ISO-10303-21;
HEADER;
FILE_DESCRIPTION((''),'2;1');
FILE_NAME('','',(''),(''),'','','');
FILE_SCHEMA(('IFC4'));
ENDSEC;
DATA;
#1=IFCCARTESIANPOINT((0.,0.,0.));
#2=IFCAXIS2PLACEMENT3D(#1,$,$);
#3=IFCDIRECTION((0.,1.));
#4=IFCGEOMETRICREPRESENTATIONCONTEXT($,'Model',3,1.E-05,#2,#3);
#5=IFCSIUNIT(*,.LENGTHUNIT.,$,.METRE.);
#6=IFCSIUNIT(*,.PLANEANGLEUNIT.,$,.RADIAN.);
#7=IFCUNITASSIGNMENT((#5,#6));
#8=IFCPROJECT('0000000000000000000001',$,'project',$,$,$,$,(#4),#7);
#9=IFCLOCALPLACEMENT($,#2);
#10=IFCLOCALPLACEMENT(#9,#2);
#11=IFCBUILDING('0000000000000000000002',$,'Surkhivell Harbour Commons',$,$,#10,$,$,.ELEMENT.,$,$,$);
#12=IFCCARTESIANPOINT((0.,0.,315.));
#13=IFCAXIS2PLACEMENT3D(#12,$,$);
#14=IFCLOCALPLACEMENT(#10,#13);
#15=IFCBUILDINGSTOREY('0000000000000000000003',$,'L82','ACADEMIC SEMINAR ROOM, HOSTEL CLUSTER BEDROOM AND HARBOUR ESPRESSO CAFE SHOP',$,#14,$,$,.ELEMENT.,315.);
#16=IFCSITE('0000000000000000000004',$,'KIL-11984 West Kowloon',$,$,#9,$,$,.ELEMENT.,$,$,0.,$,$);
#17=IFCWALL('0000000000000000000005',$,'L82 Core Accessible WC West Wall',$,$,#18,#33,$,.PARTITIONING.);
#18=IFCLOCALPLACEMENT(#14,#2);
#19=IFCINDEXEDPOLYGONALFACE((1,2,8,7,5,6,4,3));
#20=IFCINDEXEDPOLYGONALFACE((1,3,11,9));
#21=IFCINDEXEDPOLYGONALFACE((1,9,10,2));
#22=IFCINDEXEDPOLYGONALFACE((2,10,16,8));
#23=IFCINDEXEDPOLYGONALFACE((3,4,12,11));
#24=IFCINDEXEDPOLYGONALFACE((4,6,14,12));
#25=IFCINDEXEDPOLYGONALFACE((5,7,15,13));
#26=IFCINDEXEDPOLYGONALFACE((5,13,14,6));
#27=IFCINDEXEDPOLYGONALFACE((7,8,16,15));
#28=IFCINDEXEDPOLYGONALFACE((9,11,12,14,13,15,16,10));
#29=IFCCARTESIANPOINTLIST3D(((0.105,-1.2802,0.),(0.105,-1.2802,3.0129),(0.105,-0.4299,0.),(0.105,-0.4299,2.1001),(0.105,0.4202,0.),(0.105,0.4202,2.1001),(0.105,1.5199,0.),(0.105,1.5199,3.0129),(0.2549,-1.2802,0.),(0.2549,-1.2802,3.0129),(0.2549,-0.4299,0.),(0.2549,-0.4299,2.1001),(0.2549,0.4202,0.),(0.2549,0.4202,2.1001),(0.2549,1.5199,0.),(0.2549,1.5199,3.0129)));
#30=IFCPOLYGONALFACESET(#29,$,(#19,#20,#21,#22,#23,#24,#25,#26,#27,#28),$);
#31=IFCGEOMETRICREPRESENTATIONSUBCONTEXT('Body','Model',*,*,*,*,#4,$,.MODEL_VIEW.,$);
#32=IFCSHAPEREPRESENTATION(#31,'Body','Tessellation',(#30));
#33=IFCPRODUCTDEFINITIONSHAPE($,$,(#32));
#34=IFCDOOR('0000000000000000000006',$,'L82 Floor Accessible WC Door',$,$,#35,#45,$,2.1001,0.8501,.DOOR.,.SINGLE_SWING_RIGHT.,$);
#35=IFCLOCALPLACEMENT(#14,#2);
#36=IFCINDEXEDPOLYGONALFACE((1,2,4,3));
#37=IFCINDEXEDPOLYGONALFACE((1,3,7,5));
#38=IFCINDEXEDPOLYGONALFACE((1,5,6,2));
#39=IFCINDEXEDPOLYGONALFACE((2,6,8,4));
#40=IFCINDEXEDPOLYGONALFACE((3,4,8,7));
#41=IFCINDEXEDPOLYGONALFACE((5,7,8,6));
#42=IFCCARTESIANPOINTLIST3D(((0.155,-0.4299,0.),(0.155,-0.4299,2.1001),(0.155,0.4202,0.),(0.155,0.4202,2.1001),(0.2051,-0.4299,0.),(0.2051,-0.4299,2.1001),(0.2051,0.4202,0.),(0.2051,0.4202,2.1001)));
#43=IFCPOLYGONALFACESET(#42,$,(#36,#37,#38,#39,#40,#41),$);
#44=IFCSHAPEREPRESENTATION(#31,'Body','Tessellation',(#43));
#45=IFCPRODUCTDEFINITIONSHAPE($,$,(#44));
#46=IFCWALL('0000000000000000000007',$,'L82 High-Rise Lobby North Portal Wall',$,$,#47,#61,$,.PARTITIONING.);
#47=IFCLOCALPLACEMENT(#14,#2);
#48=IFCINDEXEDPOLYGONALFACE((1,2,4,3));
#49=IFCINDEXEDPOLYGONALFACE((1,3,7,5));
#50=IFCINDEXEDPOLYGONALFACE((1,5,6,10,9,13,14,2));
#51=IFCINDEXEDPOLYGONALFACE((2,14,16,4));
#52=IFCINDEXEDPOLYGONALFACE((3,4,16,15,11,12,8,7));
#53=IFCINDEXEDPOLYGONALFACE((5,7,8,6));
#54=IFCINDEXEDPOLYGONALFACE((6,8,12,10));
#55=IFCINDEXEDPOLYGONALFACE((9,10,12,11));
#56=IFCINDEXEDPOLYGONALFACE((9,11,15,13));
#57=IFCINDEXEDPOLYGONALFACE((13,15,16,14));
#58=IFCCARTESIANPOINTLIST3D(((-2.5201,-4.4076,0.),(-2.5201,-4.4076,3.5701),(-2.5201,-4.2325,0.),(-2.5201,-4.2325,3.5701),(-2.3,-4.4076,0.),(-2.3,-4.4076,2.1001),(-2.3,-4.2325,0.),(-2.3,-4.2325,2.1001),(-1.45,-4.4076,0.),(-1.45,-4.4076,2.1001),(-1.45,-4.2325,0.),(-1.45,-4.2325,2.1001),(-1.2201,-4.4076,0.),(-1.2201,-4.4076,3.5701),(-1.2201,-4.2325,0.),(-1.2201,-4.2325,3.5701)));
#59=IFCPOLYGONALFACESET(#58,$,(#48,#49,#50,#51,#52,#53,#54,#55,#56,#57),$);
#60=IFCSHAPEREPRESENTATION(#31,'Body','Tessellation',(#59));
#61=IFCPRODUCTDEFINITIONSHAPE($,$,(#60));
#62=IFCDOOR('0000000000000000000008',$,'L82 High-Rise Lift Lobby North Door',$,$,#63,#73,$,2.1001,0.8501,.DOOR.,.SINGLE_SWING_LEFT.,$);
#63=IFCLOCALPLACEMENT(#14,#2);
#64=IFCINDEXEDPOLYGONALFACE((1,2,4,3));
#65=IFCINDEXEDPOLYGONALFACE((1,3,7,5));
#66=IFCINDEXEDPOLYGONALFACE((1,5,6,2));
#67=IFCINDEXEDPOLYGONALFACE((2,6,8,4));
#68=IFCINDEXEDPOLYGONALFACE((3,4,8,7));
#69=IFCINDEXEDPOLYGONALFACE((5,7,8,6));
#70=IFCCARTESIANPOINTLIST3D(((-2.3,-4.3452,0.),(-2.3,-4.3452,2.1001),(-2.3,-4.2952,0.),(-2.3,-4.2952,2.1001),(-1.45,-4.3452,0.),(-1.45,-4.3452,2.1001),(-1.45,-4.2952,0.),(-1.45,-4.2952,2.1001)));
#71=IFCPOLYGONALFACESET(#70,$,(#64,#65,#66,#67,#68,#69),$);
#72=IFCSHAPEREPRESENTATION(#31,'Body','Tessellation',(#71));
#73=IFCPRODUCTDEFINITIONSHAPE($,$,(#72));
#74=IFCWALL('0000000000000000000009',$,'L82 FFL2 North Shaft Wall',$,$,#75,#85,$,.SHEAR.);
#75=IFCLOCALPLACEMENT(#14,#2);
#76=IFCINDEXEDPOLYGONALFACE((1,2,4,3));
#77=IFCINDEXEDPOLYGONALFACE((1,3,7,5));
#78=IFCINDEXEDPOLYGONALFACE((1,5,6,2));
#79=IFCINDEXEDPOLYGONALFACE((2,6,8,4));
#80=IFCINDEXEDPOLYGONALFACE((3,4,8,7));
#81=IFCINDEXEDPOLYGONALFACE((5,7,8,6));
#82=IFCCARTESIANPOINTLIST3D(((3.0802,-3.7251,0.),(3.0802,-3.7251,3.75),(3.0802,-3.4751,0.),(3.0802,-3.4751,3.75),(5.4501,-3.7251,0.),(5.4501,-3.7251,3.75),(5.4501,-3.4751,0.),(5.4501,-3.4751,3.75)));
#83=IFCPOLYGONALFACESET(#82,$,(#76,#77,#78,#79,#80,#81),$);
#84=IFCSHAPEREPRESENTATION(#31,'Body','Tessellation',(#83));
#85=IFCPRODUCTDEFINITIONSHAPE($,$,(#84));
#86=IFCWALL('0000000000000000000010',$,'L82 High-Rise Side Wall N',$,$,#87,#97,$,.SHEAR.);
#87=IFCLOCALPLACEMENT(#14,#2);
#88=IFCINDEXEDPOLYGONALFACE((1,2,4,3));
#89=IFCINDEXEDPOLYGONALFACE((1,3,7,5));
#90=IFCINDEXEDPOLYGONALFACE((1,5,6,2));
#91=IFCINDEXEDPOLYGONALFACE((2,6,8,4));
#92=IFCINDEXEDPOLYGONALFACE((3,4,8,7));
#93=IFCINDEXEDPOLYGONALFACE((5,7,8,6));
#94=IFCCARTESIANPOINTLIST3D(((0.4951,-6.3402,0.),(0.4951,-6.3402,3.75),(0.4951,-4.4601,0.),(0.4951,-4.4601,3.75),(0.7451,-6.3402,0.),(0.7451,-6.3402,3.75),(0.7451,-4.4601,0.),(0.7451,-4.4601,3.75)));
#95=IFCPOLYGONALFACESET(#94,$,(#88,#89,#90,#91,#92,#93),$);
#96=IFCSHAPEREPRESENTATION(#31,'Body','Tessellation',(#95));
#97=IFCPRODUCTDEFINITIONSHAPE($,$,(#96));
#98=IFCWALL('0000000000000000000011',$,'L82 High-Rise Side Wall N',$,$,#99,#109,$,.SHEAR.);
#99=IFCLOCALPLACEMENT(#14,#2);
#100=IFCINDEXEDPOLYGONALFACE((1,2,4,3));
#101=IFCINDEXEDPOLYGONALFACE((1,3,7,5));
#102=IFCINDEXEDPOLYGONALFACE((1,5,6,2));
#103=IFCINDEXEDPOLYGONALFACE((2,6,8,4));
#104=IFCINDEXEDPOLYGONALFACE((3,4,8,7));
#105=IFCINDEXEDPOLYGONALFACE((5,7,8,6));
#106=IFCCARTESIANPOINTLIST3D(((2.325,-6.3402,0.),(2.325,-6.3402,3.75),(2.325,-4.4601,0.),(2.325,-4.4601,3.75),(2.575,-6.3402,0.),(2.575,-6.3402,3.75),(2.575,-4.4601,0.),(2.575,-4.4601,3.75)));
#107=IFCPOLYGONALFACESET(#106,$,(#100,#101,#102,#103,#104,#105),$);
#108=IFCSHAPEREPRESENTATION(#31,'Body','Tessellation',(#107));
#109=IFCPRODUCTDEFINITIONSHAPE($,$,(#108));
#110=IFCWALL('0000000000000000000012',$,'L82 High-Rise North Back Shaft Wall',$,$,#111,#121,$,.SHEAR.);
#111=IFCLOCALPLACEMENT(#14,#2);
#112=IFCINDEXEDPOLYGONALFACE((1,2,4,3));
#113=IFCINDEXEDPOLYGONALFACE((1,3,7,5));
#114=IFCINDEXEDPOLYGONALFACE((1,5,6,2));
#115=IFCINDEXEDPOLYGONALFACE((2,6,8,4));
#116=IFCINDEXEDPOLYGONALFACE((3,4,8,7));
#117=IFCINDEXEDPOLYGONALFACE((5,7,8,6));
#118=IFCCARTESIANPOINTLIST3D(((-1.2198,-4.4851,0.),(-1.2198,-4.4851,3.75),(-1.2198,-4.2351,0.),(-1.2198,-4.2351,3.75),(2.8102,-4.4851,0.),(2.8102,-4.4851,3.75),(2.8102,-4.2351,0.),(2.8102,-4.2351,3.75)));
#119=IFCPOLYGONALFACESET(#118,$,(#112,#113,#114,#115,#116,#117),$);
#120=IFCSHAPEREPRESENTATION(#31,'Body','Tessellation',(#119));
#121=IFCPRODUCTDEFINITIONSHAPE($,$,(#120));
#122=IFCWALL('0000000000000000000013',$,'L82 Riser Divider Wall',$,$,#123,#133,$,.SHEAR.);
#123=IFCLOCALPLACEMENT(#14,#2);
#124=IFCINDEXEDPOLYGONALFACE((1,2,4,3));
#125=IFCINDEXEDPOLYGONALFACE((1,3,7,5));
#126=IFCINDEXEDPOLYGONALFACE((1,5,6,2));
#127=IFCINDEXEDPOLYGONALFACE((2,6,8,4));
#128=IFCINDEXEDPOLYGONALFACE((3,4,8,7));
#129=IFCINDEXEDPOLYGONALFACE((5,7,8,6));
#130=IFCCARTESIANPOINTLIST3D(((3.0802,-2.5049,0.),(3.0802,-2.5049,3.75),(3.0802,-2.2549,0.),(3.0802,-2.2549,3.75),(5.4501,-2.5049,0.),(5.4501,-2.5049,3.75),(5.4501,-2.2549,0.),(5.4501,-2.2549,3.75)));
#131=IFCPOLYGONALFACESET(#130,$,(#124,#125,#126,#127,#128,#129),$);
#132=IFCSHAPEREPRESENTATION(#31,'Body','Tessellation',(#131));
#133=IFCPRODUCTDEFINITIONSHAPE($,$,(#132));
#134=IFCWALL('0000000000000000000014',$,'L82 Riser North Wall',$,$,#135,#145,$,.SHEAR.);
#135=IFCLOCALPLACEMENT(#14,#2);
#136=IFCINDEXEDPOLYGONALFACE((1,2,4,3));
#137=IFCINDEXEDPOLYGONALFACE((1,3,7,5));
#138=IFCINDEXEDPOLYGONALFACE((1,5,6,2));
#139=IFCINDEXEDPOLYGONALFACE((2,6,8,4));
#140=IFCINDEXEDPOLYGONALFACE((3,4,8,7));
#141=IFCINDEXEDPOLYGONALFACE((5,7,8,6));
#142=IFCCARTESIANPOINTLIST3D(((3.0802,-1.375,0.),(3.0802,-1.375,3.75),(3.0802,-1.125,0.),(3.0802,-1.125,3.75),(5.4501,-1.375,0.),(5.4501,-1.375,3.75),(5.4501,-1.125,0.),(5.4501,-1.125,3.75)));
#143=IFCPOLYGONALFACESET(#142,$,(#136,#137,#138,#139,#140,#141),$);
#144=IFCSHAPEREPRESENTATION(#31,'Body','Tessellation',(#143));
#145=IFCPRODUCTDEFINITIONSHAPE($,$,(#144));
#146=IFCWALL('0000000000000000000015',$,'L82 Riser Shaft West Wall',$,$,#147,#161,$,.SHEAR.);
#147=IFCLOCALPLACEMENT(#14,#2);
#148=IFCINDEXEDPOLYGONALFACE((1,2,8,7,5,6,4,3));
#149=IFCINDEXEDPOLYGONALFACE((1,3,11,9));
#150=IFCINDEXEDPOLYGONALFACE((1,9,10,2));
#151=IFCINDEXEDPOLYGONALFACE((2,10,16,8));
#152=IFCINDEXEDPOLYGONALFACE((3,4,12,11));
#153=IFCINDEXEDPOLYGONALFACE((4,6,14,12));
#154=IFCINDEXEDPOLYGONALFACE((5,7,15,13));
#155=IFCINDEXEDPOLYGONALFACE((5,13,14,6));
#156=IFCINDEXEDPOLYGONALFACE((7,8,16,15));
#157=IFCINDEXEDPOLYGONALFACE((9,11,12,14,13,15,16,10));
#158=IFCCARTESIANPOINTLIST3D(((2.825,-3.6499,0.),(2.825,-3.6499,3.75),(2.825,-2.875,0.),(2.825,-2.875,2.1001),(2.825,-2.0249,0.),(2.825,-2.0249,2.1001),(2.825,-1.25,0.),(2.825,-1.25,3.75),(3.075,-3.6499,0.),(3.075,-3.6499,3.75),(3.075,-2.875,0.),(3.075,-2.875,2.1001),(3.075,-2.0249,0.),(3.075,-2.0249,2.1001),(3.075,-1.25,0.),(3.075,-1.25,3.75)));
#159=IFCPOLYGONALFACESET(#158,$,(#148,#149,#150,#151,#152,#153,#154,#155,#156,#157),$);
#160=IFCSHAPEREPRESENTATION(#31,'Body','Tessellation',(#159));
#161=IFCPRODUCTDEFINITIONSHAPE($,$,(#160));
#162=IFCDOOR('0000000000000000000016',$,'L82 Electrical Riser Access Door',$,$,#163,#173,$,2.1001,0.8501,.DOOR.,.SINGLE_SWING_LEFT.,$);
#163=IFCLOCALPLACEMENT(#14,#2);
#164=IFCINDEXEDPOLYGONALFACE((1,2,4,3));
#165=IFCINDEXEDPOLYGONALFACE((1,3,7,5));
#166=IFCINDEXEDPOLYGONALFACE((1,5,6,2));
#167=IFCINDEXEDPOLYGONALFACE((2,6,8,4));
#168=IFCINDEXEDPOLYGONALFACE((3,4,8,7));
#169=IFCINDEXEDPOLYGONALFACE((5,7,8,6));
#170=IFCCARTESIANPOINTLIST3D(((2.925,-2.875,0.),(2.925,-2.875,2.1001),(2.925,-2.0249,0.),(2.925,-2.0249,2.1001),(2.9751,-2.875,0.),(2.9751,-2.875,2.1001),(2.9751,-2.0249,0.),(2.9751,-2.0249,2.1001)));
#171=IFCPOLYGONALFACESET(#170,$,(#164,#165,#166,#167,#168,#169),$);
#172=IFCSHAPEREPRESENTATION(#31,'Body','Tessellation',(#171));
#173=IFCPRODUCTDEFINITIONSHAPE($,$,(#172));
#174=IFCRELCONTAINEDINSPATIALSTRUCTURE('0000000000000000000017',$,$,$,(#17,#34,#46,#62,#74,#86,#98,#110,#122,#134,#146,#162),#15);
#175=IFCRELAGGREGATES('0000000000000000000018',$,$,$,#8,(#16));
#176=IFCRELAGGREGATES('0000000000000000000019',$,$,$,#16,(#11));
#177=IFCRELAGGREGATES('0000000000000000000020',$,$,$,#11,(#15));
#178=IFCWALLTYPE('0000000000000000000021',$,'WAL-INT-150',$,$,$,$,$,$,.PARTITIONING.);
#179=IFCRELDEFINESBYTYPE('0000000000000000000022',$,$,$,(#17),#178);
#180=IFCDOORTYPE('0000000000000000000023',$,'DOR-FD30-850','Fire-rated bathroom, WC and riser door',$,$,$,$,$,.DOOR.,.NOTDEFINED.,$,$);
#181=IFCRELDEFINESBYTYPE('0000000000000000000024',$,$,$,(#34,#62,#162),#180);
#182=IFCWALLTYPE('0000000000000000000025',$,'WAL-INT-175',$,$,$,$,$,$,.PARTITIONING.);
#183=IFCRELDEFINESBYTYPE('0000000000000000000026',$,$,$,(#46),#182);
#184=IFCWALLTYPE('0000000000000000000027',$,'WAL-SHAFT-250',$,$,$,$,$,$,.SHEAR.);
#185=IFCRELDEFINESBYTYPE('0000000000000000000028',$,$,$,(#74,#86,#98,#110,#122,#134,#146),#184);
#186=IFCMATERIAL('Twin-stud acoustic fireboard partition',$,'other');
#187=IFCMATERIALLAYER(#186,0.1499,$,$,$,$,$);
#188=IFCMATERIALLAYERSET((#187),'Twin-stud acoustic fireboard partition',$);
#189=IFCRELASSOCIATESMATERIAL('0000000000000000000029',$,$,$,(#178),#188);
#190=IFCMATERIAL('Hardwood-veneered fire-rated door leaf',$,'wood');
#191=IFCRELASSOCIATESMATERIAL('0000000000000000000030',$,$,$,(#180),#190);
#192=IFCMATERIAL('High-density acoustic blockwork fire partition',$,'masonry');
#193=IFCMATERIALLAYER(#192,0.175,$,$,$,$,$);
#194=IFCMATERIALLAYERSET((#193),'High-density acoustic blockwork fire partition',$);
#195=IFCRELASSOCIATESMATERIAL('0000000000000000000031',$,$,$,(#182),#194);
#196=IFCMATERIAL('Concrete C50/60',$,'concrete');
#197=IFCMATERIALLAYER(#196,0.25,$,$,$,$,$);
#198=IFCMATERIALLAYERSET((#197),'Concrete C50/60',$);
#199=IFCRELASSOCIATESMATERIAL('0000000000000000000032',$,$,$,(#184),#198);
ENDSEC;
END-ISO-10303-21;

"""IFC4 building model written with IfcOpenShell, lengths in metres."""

from ifc_helpers import new_model, si_unit, direction, frame, frame_2d, origin, place, context, subcontext, project, spatial, rectangle, extrude, material, layer, layer_set, type_object, element, fill, save


model = new_model("IFC4")

# Units and contexts
model_context = context("Model", 3, precision=1e-05, world=origin(), true_north=direction((0.0, 1.0)))
body_context = subcontext(model_context, "Body", "Model", "MODEL_VIEW")
ifc_project = project(units=[si_unit("LENGTHUNIT", "METRE"), si_unit("PLANEANGLEUNIT", "RADIAN")], contexts=[model_context])

# Site, building, storey
site_placement = place(None, origin())
site = spatial("IfcSite", under=ifc_project, at=site_placement, Name="KIL-11984 West Kowloon", CompositionType="ELEMENT", RefElevation=0.0)
building_placement = place(site_placement, origin())
building = spatial("IfcBuilding", under=site, at=building_placement, Name="Surkhivell Harbour Commons", CompositionType="ELEMENT")
storey_placement = place(building_placement, frame((0.0, 0.0, 315.0)))
storey = spatial("IfcBuildingStorey", under=building, at=storey_placement, Name="L82", Description="ACADEMIC SEMINAR ROOM, HOSTEL CLUSTER BEDROOM AND HARBOUR ESPRESSO CAFE SHOP", CompositionType="ELEMENT", Elevation=315.0)

# Shared definitions
ifc_material_1 = material(Name="Twin-stud acoustic fireboard partition", Category="other")
ifc_layer_1 = layer(ifc_material_1, 0.1499)
ifc_layer_set_1 = layer_set([ifc_layer_1], Name="Twin-stud acoustic fireboard partition")
wall_type_1 = type_object("IfcWallType", Name="WAL-INT-150", PredefinedType="PARTITIONING", material=ifc_layer_set_1)

# Walls, openings, doors
wall_1_placement = place(storey_placement, frame((0.1799, -1.28, 0.0), z_axis=(0.0, 0.0, 1.0), x_axis=(0.0, 1.0, 0.0)))
wall_1 = element("IfcWall", 1, at=wall_1_placement, inside=storey, type_object=wall_type_1, Name="L82 Core Accessible WC West Wall", PredefinedType="PARTITIONING", context=body_context, shape_type="SweptSolid", body=[
    extrude(rectangle(XDim=2.8, YDim=0.1499, at=frame_2d((1.3999, 0.0))), origin(), (0.0, 0.0, 1.0), 3.0129),
])
opening_1_placement = place(wall_1_placement, frame((0.8501, 0.0, 0.0)))
opening_1 = element("IfcOpeningElement", 2, at=opening_1_placement, cuts=wall_1, PredefinedType="OPENING", context=body_context, shape_type="SweptSolid", body=[
    extrude(rectangle(XDim=0.8501, YDim=2.1001, at=frame_2d((0.425, 1.05))), frame((0.0, 0.085, 0.0), z_axis=(0.0, -1.0, 0.0), x_axis=(1.0, 0.0, 0.0)), (0.0, 0.0, 1.0), 0.1699),
])
ifc_material_2 = material(Name="Hardwood-veneered fire-rated door leaf", Category="wood")
door_type = type_object("IfcDoorType", Name="DOR-FD30-850", Description="Fire-rated bathroom, WC and riser door", OperationType="NOTDEFINED", PredefinedType="DOOR", material=ifc_material_2)
door_1_placement = place(opening_1_placement, origin())
door_1 = element("IfcDoor", 3, at=door_1_placement, inside=storey, type_object=door_type, Name="L82 Floor Accessible WC Door", OperationType="SINGLE_SWING_RIGHT", OverallHeight=2.1001, OverallWidth=0.8501, PredefinedType="DOOR", context=body_context, shape_type="SweptSolid", body=[
    extrude(rectangle(XDim=0.8501, YDim=2.1001, at=frame_2d((0.425, 1.05))), frame((0.0, 0.0249, 0.0), z_axis=(0.0, -1.0, 0.0), x_axis=(1.0, 0.0, 0.0)), (0.0, 0.0, 1.0), 0.05),
])
fill(opening_1, door_1)
ifc_material_3 = material(Name="High-density acoustic blockwork fire partition", Category="masonry")
ifc_layer_2 = layer(ifc_material_3, 0.175)
ifc_layer_set_2 = layer_set([ifc_layer_2], Name="High-density acoustic blockwork fire partition")
wall_type_2 = type_object("IfcWallType", Name="WAL-INT-175", PredefinedType="PARTITIONING", material=ifc_layer_set_2)
wall_2_placement = place(storey_placement, frame((-2.52, -4.3201, 0.0), z_axis=(0.0, 0.0, 1.0), x_axis=(1.0, 0.0, 0.0)))
wall_2 = element("IfcWall", 4, at=wall_2_placement, inside=storey, type_object=wall_type_2, Name="L82 High-Rise Lobby North Portal Wall", PredefinedType="PARTITIONING", context=body_context, shape_type="SweptSolid", body=[
    extrude(rectangle(XDim=1.3, YDim=0.175, at=frame_2d((0.6499, 0.0))), origin(), (0.0, 0.0, 1.0), 3.5701),
])
opening_2_placement = place(wall_2_placement, frame((0.22, 0.0, 0.0)))
opening_2 = element("IfcOpeningElement", 5, at=opening_2_placement, cuts=wall_2, PredefinedType="OPENING", context=body_context, shape_type="SweptSolid", body=[
    extrude(rectangle(XDim=0.8501, YDim=2.1001, at=frame_2d((0.425, 1.05))), frame((0.0, 0.0974, 0.0), z_axis=(0.0, -1.0, 0.0), x_axis=(1.0, 0.0, 0.0)), (0.0, 0.0, 1.0), 0.1951),
])
door_2_placement = place(opening_2_placement, origin())
door_2 = element("IfcDoor", 6, at=door_2_placement, inside=storey, type_object=door_type, Name="L82 High-Rise Lift Lobby North Door", OperationType="SINGLE_SWING_LEFT", OverallHeight=2.1001, OverallWidth=0.8501, PredefinedType="DOOR", context=body_context, shape_type="SweptSolid", body=[
    extrude(rectangle(XDim=0.8501, YDim=2.1001, at=frame_2d((0.425, 1.05))), frame((0.0, 0.0249, 0.0), z_axis=(0.0, -1.0, 0.0), x_axis=(1.0, 0.0, 0.0)), (0.0, 0.0, 1.0), 0.05),
])
fill(opening_2, door_2)

# Walls
ifc_material_4 = material(Name="Concrete C50/60", Category="concrete")
ifc_layer_3 = layer(ifc_material_4, 0.25)
ifc_layer_set_3 = layer_set([ifc_layer_3], Name="Concrete C50/60")
wall_type_3 = type_object("IfcWallType", Name="WAL-SHAFT-250", PredefinedType="SHEAR", material=ifc_layer_set_3)
wall_3_placement = place(storey_placement, frame((3.0801, -3.6001, 0.0), z_axis=(0.0, 0.0, 1.0), x_axis=(1.0, 0.0, 0.0)))
element("IfcWall", 7, at=wall_3_placement, inside=storey, type_object=wall_type_3, Name="L82 FFL2 North Shaft Wall", PredefinedType="SHEAR", context=body_context, shape_type="SweptSolid", body=[
    extrude(rectangle(XDim=2.3699, YDim=0.25, at=frame_2d((1.1851, 0.0))), origin(), (0.0, 0.0, 1.0), 3.75),
])
for number, where, z_axis, x_axis, name in (
    (8, (0.6201, -6.3401, 0.0), (0.0, 0.0, 1.0), (0.0, 1.0, 0.0), "L82 High-Rise Side Wall N"),
    (9, (2.45, -6.3401, 0.0), (0.0, 0.0, 1.0), (0.0, 1.0, 0.0), "L82 High-Rise Side Wall N"),
):
    element("IfcWall", number, at=place(storey_placement, frame(where, z_axis=z_axis, x_axis=x_axis)), inside=storey, type_object=wall_type_3, Name=name, PredefinedType="SHEAR", context=body_context, shape_type="SweptSolid", body=[
        extrude(rectangle(XDim=1.8801, YDim=0.25, at=frame_2d((0.9399, 0.0))), origin(), (0.0, 0.0, 1.0), 3.75),
    ])
wall_4_placement = place(storey_placement, frame((-1.22, -4.3601, 0.0), z_axis=(0.0, 0.0, 1.0), x_axis=(1.0, 0.0, 0.0)))
element("IfcWall", 10, at=wall_4_placement, inside=storey, type_object=wall_type_3, Name="L82 High-Rise North Back Shaft Wall", PredefinedType="SHEAR", context=body_context, shape_type="SweptSolid", body=[
    extrude(rectangle(XDim=4.03, YDim=0.25, at=frame_2d((2.0151, 0.0))), origin(), (0.0, 0.0, 1.0), 3.75),
])
for number, where, z_axis, x_axis, name in (
    (11, (3.0801, -2.3799, 0.0), (0.0, 0.0, 1.0), (1.0, 0.0, 0.0), "L82 Riser Divider Wall"),
    (12, (3.0801, -1.25, 0.0), (0.0, 0.0, 1.0), (1.0, 0.0, 0.0), "L82 Riser North Wall"),
):
    element("IfcWall", number, at=place(storey_placement, frame(where, z_axis=z_axis, x_axis=x_axis)), inside=storey, type_object=wall_type_3, Name=name, PredefinedType="SHEAR", context=body_context, shape_type="SweptSolid", body=[
        extrude(rectangle(XDim=2.3699, YDim=0.25, at=frame_2d((1.1851, 0.0))), origin(), (0.0, 0.0, 1.0), 3.75),
    ])

# Wall, opening, door
wall_5_placement = place(storey_placement, frame((2.95, -3.6499, 0.0), z_axis=(0.0, 0.0, 1.0), x_axis=(0.0, 1.0, 0.0)))
wall_5 = element("IfcWall", 13, at=wall_5_placement, inside=storey, type_object=wall_type_3, Name="L82 Riser Shaft West Wall", PredefinedType="SHEAR", context=body_context, shape_type="SweptSolid", body=[
    extrude(rectangle(XDim=2.3999, YDim=0.25, at=frame_2d((1.2, 0.0))), origin(), (0.0, 0.0, 1.0), 3.75),
])
opening_3_placement = place(wall_5_placement, frame((0.7749, 0.0, 0.0)))
opening_3 = element("IfcOpeningElement", 14, at=opening_3_placement, cuts=wall_5, PredefinedType="OPENING", context=body_context, shape_type="SweptSolid", body=[
    extrude(rectangle(XDim=0.8501, YDim=2.1001, at=frame_2d((0.425, 1.05))), frame((0.0, 0.135, 0.0), z_axis=(0.0, -1.0, 0.0), x_axis=(1.0, 0.0, 0.0)), (0.0, 0.0, 1.0), 0.27),
])
door_3_placement = place(opening_3_placement, origin())
door_3 = element("IfcDoor", 15, at=door_3_placement, inside=storey, type_object=door_type, Name="L82 Electrical Riser Access Door", OperationType="SINGLE_SWING_LEFT", OverallHeight=2.1001, OverallWidth=0.8501, PredefinedType="DOOR", context=body_context, shape_type="SweptSolid", body=[
    extrude(rectangle(XDim=0.8501, YDim=2.1001, at=frame_2d((0.425, 1.05))), frame((0.0, 0.0249, 0.0), z_axis=(0.0, -1.0, 0.0), x_axis=(1.0, 0.0, 0.0)), (0.0, 0.0, 1.0), 0.05),
])
fill(opening_3, door_3)

save(model, "model.ifc")
